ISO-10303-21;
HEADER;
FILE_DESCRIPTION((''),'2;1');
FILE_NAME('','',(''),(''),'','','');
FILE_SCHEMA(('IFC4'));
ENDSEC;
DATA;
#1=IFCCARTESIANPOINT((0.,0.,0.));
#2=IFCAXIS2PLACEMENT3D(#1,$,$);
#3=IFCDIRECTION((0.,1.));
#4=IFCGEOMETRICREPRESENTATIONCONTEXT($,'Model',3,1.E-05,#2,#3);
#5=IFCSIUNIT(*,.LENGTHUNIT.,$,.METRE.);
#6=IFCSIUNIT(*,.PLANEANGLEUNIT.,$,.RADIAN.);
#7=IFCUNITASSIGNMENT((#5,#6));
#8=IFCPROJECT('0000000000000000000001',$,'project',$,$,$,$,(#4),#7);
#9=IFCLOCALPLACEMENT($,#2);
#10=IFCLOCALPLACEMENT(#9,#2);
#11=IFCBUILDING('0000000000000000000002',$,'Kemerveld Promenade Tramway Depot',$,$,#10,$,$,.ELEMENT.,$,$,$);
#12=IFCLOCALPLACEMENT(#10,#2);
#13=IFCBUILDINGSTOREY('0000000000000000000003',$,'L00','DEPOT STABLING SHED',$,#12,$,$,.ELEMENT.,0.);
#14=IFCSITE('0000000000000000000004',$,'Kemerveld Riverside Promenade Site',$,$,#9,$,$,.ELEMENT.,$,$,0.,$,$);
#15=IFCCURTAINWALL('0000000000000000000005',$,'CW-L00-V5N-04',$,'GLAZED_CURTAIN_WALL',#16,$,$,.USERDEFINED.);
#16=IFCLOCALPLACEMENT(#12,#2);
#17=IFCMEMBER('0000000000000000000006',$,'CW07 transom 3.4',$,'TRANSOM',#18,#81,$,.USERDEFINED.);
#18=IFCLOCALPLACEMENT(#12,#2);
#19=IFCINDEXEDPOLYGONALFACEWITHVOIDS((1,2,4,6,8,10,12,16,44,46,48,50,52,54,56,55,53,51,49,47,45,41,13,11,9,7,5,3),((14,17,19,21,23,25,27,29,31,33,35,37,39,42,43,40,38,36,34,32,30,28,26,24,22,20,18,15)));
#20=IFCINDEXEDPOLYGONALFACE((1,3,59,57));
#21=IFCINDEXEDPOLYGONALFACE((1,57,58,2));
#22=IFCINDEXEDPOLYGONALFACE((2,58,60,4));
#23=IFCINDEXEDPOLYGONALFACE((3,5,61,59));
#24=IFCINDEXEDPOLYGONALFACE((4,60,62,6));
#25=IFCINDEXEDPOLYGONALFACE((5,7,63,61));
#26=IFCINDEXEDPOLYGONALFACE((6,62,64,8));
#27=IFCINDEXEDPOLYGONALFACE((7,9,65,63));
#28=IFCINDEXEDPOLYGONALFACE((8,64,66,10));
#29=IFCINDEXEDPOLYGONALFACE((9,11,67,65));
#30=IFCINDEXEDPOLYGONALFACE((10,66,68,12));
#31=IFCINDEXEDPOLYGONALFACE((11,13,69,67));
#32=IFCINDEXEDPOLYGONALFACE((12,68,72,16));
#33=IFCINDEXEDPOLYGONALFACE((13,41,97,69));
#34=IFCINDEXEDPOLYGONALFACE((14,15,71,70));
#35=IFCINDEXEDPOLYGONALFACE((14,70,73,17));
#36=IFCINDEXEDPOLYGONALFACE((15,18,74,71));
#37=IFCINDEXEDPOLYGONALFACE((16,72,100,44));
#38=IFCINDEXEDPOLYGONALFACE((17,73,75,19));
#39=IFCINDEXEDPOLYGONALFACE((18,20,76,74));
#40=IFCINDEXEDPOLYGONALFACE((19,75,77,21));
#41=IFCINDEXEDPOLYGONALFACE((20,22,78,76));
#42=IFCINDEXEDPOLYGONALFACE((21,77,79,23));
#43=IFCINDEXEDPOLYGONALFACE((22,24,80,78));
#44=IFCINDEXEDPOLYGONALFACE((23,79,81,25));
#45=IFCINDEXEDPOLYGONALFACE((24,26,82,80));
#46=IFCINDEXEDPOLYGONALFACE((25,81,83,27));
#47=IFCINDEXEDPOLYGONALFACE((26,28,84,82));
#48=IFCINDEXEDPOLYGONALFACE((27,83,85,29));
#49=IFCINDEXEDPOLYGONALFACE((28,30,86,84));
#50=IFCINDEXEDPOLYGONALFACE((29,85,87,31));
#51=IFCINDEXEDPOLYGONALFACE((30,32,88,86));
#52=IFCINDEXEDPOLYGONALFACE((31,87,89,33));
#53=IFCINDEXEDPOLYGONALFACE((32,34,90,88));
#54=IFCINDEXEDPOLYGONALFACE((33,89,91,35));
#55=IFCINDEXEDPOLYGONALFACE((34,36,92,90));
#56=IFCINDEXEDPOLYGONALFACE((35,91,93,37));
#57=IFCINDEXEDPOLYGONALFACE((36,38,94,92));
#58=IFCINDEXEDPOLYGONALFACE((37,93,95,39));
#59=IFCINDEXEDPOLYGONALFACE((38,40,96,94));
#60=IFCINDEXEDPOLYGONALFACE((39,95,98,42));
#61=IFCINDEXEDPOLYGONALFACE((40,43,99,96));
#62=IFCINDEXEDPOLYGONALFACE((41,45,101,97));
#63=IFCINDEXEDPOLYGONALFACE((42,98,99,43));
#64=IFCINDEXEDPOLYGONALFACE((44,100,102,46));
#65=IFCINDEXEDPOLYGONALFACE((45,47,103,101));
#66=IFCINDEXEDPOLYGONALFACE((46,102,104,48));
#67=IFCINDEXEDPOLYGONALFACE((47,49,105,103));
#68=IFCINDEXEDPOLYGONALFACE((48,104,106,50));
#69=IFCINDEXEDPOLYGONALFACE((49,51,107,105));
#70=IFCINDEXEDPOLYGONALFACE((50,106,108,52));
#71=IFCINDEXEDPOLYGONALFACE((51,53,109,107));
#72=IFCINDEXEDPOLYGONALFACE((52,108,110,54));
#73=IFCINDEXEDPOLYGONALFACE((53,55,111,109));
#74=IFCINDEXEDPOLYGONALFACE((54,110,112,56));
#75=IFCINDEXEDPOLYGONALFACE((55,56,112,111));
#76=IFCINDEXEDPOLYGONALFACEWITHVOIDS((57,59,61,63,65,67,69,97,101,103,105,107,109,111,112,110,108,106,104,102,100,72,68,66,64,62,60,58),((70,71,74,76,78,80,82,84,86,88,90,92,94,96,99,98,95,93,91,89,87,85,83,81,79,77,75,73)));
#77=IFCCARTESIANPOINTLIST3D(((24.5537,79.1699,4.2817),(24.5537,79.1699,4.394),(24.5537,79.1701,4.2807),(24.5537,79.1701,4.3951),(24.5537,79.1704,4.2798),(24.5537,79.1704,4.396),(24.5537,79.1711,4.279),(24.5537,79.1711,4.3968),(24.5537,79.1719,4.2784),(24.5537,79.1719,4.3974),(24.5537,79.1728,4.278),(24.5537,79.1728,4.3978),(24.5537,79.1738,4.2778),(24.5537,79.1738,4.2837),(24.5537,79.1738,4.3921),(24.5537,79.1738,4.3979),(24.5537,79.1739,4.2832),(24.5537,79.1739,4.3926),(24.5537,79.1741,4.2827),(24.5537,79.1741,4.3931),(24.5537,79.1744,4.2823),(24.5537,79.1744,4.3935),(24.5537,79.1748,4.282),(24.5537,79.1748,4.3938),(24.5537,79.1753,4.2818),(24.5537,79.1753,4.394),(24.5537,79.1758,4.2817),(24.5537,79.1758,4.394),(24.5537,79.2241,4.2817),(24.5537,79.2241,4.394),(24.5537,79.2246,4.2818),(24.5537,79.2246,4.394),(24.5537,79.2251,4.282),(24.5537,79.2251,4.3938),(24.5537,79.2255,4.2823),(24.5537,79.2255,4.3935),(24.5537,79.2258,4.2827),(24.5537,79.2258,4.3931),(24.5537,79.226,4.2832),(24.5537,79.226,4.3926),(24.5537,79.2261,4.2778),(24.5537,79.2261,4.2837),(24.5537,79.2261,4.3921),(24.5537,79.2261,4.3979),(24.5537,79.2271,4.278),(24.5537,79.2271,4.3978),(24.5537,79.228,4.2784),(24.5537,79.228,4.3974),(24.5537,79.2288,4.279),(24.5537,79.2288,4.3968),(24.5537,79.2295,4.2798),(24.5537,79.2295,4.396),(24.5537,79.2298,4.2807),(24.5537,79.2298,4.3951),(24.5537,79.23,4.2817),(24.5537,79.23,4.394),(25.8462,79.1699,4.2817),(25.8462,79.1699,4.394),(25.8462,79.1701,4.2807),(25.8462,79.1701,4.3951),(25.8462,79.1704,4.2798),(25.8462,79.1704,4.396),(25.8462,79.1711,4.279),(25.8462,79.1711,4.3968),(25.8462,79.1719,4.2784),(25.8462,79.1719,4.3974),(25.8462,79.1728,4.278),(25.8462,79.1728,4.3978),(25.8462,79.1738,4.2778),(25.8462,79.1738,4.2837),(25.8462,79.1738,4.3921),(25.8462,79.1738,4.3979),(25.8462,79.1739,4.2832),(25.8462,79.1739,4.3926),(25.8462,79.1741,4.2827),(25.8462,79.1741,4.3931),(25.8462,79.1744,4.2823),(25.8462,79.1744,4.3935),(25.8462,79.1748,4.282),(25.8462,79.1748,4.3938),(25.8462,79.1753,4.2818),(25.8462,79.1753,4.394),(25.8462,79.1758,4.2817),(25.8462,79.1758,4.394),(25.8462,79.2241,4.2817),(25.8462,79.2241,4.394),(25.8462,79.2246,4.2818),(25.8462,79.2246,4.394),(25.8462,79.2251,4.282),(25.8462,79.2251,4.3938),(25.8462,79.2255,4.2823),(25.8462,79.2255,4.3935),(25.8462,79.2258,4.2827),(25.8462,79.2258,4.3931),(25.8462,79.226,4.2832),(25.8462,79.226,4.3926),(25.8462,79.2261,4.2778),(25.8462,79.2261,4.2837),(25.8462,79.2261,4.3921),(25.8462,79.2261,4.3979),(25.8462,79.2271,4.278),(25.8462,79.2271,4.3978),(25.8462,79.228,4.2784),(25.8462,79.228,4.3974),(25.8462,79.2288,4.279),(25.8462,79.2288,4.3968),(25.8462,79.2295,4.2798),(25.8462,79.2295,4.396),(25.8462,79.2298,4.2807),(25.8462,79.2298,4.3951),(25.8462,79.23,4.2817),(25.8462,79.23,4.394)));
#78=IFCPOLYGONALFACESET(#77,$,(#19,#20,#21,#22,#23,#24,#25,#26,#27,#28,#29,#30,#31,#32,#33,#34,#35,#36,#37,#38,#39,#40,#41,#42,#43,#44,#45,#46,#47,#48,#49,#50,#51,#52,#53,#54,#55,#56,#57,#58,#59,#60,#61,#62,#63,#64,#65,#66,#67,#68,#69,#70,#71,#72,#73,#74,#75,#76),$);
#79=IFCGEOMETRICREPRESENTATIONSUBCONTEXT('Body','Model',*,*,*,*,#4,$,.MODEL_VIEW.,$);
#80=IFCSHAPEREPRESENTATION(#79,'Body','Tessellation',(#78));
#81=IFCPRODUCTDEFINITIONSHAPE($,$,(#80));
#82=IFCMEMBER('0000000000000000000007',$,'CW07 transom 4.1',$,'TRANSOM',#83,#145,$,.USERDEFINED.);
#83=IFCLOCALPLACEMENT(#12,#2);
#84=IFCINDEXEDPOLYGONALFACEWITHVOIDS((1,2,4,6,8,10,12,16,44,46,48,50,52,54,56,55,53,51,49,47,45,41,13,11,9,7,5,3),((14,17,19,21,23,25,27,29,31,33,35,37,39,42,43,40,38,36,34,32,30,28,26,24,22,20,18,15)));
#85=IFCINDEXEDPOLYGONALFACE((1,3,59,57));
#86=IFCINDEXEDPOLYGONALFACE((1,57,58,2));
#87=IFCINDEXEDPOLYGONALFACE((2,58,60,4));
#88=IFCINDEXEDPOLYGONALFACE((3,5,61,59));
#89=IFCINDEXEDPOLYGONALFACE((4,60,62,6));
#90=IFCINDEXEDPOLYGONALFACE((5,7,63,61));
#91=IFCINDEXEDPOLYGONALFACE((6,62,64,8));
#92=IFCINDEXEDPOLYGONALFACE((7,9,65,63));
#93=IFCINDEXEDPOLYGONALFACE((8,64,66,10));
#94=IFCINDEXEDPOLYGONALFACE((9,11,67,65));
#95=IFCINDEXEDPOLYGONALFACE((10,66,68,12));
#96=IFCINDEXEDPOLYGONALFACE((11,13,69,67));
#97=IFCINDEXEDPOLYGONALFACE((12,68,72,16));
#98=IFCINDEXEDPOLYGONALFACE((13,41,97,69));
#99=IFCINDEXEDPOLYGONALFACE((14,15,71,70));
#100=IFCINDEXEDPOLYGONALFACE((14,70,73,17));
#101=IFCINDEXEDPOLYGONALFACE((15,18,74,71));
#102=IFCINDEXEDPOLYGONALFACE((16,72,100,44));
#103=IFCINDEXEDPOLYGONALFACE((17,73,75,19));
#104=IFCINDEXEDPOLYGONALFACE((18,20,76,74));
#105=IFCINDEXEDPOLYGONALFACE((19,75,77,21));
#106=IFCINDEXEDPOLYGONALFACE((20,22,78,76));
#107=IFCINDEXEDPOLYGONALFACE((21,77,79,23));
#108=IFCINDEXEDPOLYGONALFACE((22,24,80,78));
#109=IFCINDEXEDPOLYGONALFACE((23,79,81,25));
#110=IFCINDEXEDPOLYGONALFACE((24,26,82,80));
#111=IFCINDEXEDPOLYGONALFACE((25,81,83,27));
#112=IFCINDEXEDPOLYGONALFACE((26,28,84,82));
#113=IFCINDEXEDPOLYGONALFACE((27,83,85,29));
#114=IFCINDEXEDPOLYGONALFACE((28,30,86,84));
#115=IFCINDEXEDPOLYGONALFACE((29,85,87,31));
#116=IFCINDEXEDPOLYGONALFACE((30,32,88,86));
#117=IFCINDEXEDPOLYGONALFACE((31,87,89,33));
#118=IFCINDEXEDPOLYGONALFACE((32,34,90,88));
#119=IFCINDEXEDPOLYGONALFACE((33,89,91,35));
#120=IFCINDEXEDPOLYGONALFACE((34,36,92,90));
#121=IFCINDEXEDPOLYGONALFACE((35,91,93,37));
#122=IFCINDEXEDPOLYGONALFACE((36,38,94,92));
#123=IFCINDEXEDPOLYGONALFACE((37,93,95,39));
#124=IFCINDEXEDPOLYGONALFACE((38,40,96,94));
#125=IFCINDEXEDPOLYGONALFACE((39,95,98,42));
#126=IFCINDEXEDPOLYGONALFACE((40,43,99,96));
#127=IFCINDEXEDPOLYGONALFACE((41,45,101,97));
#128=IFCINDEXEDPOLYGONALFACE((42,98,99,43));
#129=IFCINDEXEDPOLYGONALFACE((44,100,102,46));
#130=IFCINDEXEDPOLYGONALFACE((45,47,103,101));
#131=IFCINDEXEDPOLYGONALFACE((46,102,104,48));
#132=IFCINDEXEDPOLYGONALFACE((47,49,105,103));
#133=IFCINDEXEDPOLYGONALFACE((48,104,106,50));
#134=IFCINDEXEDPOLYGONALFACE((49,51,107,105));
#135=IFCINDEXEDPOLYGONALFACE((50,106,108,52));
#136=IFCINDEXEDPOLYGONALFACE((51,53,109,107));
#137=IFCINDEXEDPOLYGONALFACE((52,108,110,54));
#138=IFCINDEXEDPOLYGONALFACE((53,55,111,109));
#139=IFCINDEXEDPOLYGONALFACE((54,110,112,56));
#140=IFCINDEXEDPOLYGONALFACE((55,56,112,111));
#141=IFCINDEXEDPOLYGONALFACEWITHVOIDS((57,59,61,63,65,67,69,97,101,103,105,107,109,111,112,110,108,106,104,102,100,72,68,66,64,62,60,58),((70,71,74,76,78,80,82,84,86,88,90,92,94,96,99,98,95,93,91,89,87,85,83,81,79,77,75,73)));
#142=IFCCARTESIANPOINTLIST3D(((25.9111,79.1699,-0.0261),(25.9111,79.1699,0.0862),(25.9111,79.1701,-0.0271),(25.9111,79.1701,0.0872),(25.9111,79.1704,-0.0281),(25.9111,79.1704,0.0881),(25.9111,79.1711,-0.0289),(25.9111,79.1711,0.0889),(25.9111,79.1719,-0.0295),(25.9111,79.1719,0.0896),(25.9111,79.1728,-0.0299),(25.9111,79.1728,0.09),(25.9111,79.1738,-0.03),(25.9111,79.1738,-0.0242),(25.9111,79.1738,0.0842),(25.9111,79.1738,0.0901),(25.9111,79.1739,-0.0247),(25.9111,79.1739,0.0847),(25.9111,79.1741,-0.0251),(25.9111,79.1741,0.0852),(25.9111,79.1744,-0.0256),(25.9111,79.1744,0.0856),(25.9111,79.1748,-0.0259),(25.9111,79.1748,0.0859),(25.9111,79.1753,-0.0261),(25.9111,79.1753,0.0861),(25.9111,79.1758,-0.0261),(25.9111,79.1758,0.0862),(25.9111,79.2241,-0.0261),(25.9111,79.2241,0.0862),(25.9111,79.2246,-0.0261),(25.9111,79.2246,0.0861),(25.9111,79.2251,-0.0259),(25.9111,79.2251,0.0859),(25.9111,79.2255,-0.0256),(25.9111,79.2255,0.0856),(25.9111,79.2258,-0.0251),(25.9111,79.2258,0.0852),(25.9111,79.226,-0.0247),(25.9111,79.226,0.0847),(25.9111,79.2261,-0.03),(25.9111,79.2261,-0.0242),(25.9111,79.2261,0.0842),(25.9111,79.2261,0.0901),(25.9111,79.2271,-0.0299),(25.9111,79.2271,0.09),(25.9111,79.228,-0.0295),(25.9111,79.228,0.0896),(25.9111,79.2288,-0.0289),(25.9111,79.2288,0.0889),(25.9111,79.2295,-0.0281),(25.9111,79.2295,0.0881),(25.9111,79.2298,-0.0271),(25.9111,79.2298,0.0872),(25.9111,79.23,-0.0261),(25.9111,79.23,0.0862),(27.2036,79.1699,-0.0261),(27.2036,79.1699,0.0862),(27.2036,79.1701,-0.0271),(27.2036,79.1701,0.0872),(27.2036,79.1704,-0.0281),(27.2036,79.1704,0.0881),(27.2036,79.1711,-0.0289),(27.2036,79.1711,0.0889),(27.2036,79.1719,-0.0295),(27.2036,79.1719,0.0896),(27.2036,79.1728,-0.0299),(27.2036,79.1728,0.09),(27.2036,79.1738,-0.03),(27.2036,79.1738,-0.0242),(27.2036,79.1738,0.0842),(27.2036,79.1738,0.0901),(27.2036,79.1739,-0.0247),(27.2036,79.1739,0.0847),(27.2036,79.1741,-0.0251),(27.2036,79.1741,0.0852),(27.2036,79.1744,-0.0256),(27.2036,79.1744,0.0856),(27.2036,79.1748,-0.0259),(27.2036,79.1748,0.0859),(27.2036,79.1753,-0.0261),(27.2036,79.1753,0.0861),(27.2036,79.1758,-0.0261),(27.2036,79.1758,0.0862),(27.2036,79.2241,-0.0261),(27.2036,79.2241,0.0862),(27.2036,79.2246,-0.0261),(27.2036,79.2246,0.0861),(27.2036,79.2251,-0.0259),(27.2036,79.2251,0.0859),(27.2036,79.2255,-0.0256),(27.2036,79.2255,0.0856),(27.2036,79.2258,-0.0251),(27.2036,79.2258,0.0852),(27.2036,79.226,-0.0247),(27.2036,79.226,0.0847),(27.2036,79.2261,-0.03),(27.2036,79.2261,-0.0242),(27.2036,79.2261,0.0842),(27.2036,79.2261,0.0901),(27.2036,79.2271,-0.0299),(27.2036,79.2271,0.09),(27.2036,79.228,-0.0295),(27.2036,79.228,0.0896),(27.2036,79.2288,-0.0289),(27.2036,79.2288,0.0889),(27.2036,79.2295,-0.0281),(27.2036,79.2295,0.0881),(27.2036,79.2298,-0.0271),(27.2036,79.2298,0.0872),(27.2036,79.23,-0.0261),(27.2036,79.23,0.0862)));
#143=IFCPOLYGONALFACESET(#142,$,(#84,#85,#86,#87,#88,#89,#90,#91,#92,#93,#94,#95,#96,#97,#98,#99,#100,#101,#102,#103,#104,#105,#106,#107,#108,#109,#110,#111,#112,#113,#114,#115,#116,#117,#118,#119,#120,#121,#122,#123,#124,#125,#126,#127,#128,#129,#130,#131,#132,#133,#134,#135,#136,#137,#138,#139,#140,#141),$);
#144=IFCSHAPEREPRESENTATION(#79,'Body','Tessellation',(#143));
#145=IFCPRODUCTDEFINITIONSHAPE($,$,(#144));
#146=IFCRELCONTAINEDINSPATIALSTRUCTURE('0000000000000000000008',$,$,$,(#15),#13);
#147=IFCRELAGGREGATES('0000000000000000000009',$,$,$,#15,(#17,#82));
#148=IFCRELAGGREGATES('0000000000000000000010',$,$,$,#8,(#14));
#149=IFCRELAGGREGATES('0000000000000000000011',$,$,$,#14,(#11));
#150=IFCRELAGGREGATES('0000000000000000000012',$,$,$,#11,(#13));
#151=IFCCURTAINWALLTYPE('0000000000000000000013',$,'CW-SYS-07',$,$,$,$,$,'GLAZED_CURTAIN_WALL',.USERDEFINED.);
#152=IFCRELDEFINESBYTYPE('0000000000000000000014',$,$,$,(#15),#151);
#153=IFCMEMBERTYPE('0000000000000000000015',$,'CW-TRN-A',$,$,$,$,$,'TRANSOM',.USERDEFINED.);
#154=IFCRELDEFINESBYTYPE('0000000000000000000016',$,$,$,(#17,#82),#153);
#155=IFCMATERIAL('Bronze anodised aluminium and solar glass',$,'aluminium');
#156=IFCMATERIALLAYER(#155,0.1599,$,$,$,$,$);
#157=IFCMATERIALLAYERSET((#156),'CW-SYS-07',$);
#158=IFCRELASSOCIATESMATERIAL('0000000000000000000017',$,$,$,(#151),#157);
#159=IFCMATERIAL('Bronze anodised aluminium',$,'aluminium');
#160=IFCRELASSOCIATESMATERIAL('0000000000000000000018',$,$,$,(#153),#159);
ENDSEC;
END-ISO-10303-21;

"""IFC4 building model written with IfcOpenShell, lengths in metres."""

from ifc_helpers import new_model, si_unit, direction, frame, origin, origin_2d, place, context, subcontext, project, spatial, hollow_rectangle, extrude, material, layer, layer_set, material_profile, profile_set, type_object, element, aggregate, save


model = new_model("IFC4")

# Units and contexts
model_context = context("Model", 3, precision=1e-05, world=origin(), true_north=direction((0.0, 1.0)))
body_context = subcontext(model_context, "Body", "Model", "MODEL_VIEW")
ifc_project = project(units=[si_unit("LENGTHUNIT", "METRE"), si_unit("PLANEANGLEUNIT", "RADIAN")], contexts=[model_context])

# Site, building, storey
site_placement = place(None, origin())
site = spatial("IfcSite", under=ifc_project, at=site_placement, Name="Kemerveld Riverside Promenade Site", CompositionType="ELEMENT", RefElevation=0.0)
building_placement = place(site_placement, origin())
building = spatial("IfcBuilding", under=site, at=building_placement, Name="Kemerveld Promenade Tramway Depot", CompositionType="ELEMENT")
storey_placement = place(building_placement, origin())
storey = spatial("IfcBuildingStorey", under=building, at=storey_placement, Name="L00", Description="DEPOT STABLING SHED", CompositionType="ELEMENT", Elevation=0.0)

# Curtain wall, members
ifc_material_1 = material(Name="Bronze anodised aluminium and solar glass", Category="aluminium")
ifc_layer_1 = layer(ifc_material_1, 0.1599)
ifc_layer_set_1 = layer_set([ifc_layer_1], Name="CW-SYS-07")
curtain_wall_type = type_object("IfcCurtainWallType", Name="CW-SYS-07", ElementType="GLAZED_CURTAIN_WALL", PredefinedType="USERDEFINED", material=ifc_layer_set_1)
curtain_wall_placement = place(storey_placement, origin())
curtain_wall = element("IfcCurtainWall", 1, at=curtain_wall_placement, inside=storey, type_object=curtain_wall_type, Name="CW-L00-V5N-04", ObjectType="GLAZED_CURTAIN_WALL", PredefinedType="USERDEFINED")
ifc_material_2 = material(Name="Bronze anodised aluminium", Category="aluminium")
ifc_material_profile_1 = material_profile(ifc_material_2, hollow_rectangle(XDim=0.0601, YDim=0.1201, WallThickness=0.0039, InnerFilletRadius=0.002, OuterFilletRadius=0.0039, at=origin_2d()), Name="CW-TRN-120x60")
ifc_profile_set_1 = profile_set([ifc_material_profile_1], Name="Bronze anodised aluminium")
member_type_1 = type_object("IfcMemberType", Name="CW-TRN-A", ElementType="TRANSOM", PredefinedType="USERDEFINED", material=ifc_profile_set_1)
member_1_placement = place(storey_placement, frame((24.5537, 79.2, 4.3379), z_axis=(1.0, 0.0, 0.0), x_axis=(0.0, 1.0, 0.0)))
member_1 = element("IfcMember", 2, at=member_1_placement, type_object=member_type_1, Name="CW07 transom 3.4", ObjectType="TRANSOM", PredefinedType="USERDEFINED", context=body_context, shape_type="SweptSolid", body=[
    extrude(hollow_rectangle(XDim=0.0601, YDim=0.1201, WallThickness=0.0039, InnerFilletRadius=0.002, OuterFilletRadius=0.0039, at=origin_2d()), origin(), (0.0, 0.0, 1.0), 1.2925),
])
member_2_placement = place(storey_placement, frame((25.9111, 79.2, 0.03), z_axis=(1.0, 0.0, 0.0), x_axis=(0.0, 1.0, 0.0)))
member_2 = element("IfcMember", 3, at=member_2_placement, type_object=member_type_1, Name="CW07 transom 4.1", ObjectType="TRANSOM", PredefinedType="USERDEFINED", context=body_context, shape_type="SweptSolid", body=[
    extrude(hollow_rectangle(XDim=0.0601, YDim=0.1201, WallThickness=0.0039, InnerFilletRadius=0.002, OuterFilletRadius=0.0039, at=origin_2d()), origin(), (0.0, 0.0, 1.0), 1.2925),
])
aggregate(curtain_wall, [member_1, member_2])

save(model, "model.ifc")
